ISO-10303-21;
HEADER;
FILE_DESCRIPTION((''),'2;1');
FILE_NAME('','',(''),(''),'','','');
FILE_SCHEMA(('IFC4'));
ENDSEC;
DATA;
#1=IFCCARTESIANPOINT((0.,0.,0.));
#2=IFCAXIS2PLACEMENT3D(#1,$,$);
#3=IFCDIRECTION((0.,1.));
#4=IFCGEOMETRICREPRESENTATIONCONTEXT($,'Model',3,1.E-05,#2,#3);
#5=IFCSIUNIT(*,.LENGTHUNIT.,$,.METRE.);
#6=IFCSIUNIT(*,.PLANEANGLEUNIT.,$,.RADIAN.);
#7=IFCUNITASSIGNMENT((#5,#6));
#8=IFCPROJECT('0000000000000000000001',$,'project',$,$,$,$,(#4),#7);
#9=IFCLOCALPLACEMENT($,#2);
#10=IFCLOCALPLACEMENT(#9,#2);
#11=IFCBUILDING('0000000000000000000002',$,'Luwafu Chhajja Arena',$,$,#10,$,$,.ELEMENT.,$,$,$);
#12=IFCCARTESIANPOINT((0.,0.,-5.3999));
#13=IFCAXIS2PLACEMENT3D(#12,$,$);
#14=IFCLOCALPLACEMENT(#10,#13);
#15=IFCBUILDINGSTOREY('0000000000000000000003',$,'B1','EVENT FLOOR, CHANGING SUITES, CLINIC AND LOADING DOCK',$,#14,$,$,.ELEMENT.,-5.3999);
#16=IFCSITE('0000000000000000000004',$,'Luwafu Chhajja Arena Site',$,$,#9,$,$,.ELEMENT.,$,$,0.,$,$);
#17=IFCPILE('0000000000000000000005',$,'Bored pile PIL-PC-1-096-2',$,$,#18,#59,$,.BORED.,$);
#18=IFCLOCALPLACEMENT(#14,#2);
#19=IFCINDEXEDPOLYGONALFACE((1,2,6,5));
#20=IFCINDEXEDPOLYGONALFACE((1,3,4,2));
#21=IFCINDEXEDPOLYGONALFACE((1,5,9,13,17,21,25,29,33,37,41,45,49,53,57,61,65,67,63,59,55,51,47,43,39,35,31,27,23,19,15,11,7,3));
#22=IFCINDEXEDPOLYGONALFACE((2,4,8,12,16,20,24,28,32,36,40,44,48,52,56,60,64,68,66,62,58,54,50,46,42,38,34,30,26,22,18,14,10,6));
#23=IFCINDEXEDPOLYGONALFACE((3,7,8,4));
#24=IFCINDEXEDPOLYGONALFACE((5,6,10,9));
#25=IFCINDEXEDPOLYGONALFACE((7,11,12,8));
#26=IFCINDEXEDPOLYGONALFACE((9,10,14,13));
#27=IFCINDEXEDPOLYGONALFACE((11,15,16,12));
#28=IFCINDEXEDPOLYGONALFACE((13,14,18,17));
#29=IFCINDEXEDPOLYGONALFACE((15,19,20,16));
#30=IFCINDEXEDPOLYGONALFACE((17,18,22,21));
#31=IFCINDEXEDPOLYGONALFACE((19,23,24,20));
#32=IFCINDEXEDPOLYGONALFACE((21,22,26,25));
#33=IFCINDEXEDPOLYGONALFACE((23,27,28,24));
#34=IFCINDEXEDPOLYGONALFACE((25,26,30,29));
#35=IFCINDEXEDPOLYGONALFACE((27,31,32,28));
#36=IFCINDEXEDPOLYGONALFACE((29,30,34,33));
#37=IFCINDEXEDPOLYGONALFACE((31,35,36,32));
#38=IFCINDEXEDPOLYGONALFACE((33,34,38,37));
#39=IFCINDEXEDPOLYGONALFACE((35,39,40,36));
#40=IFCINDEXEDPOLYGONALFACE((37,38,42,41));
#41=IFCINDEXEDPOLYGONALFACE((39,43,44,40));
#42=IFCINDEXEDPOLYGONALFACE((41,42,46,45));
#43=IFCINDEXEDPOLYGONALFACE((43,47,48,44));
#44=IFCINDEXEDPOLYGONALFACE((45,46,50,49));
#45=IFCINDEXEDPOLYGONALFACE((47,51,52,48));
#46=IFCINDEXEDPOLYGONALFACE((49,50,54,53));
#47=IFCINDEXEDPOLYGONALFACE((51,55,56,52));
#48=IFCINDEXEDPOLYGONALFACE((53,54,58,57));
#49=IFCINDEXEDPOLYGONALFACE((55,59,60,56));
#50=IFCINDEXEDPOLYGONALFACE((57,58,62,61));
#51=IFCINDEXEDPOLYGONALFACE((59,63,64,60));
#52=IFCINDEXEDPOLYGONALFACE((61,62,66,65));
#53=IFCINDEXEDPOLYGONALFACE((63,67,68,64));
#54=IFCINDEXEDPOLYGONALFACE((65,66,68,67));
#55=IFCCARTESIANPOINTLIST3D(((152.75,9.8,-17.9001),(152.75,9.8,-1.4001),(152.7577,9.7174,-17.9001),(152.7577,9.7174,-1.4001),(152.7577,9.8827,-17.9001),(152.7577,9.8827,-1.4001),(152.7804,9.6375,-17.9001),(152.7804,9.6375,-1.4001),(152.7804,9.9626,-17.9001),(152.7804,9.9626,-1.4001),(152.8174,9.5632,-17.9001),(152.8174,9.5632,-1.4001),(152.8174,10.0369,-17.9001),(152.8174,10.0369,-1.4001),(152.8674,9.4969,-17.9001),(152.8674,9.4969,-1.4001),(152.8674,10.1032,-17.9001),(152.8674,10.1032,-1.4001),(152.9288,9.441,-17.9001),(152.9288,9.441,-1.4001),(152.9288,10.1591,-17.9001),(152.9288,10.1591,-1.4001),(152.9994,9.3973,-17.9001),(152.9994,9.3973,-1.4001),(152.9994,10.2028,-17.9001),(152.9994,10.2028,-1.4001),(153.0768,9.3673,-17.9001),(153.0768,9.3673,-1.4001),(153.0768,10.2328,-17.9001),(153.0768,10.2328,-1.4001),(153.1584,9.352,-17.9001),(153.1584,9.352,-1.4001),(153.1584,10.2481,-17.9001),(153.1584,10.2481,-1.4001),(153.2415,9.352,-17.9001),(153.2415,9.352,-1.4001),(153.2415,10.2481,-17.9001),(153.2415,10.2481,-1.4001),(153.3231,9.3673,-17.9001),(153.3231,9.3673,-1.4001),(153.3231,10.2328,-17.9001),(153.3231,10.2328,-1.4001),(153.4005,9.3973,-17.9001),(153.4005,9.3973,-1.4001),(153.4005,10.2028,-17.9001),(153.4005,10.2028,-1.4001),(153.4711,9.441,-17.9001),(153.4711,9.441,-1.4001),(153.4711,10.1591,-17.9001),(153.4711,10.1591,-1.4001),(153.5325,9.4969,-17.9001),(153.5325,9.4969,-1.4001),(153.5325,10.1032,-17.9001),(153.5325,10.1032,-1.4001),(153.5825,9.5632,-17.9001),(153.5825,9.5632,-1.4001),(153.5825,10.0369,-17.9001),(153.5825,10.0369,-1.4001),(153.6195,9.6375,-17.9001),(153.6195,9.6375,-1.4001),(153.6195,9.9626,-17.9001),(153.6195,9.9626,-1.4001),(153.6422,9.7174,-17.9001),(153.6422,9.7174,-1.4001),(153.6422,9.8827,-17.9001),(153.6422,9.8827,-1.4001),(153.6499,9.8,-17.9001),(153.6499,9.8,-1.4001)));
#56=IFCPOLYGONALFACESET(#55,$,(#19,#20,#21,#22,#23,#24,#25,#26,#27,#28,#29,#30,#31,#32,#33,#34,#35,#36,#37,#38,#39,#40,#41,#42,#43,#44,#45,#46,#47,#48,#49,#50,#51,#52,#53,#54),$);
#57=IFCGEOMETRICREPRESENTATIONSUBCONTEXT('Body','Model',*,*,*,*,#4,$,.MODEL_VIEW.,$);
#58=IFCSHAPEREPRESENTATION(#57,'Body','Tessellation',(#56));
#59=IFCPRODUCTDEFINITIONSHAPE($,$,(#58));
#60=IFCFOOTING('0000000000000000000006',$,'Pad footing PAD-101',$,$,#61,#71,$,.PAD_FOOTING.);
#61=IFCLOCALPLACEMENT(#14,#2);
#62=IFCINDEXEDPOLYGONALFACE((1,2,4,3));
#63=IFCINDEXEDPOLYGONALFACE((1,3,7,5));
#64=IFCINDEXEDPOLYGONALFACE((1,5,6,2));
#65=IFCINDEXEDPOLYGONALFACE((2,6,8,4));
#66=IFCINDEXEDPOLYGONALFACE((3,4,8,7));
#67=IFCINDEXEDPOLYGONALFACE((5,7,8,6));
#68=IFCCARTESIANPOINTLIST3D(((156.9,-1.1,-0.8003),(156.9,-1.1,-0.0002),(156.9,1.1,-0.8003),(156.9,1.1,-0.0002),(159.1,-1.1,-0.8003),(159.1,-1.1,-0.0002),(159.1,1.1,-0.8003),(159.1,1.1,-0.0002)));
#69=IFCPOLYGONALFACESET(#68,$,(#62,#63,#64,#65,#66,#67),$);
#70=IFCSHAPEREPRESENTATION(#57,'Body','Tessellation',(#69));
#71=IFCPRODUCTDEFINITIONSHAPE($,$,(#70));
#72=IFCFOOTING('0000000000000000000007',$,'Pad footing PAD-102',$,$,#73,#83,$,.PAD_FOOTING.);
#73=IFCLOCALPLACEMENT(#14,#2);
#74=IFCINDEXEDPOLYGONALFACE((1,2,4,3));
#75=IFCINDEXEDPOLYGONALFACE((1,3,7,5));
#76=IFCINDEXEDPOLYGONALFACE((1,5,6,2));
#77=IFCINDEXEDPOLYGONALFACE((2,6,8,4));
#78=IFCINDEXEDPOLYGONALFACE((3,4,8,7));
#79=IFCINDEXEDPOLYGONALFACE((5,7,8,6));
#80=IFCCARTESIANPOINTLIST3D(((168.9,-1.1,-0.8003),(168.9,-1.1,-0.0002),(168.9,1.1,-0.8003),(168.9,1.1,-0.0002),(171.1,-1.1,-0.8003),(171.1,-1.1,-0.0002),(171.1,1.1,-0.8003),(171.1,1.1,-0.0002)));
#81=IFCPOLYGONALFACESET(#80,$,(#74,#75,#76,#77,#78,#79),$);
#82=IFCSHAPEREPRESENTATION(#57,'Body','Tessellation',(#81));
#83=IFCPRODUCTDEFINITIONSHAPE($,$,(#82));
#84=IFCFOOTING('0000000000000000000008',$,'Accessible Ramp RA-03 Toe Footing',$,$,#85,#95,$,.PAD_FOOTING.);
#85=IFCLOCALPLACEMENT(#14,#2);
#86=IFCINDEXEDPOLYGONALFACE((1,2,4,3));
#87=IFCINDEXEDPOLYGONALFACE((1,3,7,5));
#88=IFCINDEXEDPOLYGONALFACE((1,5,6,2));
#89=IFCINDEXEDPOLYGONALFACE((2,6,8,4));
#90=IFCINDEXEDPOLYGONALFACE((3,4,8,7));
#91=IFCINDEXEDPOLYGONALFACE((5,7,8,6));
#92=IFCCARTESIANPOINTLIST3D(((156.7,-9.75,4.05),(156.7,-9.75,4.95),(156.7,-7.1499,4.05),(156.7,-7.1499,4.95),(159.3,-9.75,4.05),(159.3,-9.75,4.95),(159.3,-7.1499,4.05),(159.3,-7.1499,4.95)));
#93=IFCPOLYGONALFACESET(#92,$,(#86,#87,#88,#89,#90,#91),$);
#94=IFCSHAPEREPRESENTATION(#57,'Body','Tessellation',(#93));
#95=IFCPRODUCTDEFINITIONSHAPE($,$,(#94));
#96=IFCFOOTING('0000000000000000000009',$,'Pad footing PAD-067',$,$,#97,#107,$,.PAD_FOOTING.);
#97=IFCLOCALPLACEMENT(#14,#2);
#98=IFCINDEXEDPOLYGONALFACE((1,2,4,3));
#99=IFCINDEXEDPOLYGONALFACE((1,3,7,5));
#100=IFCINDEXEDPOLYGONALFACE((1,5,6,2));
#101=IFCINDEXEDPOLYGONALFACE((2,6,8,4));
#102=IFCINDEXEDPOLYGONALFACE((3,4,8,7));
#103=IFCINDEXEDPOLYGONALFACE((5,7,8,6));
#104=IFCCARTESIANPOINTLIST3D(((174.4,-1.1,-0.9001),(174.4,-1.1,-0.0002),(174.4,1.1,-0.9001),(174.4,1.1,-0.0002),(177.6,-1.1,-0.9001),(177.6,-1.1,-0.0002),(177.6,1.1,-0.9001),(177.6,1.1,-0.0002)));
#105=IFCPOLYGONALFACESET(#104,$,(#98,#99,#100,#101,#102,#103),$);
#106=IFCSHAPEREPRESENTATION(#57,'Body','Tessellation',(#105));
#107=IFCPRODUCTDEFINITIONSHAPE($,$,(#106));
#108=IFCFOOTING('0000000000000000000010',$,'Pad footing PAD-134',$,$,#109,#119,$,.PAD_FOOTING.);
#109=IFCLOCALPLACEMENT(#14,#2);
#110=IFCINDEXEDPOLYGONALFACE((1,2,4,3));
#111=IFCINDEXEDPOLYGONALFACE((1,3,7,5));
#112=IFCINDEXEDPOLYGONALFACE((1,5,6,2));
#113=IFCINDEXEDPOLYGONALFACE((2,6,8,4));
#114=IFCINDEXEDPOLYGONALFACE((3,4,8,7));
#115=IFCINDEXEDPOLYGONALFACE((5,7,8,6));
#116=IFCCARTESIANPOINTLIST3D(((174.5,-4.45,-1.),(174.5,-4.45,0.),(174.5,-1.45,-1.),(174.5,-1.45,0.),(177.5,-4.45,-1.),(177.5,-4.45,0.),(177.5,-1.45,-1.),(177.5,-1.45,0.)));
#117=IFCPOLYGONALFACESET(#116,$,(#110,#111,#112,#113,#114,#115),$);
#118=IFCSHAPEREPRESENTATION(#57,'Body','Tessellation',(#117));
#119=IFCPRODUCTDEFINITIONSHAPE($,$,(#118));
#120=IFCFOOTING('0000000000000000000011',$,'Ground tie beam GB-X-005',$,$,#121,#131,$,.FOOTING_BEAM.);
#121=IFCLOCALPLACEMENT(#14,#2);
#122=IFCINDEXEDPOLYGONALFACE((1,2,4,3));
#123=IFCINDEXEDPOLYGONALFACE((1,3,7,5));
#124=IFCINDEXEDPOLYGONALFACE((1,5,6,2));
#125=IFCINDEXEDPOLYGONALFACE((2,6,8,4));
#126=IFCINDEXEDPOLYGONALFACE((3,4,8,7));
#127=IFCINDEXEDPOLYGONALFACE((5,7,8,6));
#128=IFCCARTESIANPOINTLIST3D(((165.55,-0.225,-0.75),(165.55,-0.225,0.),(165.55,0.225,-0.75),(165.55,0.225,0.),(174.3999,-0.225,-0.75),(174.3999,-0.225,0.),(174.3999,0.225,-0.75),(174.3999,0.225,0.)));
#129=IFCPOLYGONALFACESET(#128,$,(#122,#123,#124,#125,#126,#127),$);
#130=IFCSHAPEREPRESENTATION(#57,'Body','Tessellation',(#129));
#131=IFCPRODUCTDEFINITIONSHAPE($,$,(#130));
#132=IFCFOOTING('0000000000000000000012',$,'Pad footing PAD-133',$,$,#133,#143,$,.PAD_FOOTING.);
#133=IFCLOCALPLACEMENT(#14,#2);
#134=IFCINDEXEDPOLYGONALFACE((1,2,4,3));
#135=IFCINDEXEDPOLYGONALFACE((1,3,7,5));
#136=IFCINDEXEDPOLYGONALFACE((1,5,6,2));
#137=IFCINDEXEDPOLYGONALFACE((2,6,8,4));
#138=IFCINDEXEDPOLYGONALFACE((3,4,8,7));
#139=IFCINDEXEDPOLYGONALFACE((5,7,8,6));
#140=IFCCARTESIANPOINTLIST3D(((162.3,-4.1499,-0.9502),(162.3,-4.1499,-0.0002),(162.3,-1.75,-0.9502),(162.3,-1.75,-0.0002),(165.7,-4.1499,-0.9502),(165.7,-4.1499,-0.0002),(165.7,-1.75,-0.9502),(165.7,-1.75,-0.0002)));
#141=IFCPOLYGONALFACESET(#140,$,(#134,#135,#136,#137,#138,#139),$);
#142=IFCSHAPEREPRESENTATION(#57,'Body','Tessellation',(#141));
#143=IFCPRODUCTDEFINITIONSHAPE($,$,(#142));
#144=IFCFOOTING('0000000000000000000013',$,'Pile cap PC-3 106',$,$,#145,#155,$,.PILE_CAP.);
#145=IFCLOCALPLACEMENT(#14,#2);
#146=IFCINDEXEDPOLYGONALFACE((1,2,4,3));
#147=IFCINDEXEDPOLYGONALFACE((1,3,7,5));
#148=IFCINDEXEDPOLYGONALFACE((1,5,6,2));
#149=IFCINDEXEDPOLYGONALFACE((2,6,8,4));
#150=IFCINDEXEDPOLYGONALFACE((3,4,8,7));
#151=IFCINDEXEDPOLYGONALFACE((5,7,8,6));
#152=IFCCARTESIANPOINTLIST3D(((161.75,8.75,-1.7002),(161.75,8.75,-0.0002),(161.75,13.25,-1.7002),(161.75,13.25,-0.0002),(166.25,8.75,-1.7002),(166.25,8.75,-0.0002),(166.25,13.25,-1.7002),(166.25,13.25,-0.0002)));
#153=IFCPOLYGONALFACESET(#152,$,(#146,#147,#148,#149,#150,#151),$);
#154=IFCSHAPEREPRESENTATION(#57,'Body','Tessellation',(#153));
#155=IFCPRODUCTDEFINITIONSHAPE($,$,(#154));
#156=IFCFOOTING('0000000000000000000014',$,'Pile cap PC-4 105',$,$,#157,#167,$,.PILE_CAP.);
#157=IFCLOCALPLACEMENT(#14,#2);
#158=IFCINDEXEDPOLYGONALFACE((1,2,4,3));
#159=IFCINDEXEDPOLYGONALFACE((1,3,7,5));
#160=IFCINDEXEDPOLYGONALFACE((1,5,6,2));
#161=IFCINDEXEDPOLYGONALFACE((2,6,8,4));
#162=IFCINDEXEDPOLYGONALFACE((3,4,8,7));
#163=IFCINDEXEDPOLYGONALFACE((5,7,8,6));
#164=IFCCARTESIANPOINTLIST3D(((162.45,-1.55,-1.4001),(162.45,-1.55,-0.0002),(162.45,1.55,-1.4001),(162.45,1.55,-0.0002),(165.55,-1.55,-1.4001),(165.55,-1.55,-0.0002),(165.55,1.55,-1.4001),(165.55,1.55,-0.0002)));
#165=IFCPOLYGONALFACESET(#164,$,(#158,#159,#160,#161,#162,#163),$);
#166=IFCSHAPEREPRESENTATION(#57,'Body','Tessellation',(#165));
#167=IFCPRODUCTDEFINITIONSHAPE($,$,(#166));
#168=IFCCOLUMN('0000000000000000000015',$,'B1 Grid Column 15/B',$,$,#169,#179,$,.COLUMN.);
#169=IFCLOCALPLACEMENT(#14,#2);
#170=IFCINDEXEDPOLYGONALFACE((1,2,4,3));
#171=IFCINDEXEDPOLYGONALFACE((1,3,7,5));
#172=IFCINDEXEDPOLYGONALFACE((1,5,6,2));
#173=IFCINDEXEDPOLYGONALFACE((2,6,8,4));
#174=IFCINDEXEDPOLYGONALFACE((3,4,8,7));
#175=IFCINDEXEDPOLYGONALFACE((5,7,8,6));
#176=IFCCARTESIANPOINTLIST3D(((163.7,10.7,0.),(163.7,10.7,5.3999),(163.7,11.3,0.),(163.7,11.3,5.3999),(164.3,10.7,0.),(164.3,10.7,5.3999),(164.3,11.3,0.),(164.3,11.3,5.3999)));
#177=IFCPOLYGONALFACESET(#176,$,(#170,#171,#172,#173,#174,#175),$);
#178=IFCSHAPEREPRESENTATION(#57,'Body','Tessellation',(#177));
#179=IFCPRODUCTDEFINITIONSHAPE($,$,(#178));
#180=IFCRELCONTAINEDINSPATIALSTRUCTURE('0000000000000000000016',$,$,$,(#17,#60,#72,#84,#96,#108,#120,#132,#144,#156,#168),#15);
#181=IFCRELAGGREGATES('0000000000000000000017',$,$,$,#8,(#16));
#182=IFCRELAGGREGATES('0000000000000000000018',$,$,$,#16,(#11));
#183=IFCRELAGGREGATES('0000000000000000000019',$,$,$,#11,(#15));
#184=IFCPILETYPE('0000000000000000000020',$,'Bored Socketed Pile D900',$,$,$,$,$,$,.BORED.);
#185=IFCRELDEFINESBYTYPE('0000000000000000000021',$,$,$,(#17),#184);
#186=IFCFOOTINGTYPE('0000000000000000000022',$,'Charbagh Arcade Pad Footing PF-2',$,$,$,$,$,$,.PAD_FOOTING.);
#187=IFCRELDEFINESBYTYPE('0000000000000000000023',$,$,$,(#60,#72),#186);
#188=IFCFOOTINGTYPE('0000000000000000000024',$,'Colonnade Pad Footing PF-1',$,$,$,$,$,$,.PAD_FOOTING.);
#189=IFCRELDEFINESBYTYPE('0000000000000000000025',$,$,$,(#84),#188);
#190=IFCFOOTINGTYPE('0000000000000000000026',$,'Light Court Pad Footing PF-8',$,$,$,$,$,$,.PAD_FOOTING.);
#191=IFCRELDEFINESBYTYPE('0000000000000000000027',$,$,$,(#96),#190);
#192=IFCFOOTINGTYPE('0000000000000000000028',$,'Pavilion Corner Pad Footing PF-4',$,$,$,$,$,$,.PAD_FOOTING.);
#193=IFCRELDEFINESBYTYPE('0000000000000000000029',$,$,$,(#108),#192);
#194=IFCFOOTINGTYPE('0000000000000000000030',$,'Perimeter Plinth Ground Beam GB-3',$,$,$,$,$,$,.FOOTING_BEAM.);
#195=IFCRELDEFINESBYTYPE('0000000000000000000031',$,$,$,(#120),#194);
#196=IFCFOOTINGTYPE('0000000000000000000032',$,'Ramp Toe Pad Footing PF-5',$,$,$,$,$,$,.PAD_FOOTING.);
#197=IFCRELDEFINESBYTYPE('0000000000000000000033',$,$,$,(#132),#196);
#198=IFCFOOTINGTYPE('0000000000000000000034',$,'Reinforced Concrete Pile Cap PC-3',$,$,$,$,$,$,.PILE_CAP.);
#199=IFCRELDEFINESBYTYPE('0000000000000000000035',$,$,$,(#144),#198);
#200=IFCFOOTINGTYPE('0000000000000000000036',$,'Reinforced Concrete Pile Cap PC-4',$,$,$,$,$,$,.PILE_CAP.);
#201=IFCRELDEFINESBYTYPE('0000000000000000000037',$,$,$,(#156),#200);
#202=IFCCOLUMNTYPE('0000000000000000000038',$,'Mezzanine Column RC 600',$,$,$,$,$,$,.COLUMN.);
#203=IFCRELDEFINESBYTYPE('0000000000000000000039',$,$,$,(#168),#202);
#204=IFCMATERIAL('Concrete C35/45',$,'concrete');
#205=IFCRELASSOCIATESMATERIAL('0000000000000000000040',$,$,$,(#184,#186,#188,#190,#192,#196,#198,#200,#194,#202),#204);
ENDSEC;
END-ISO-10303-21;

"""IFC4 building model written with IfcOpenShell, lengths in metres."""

from ifc_helpers import new_model, si_unit, direction, frame, origin, origin_2d, place, context, subcontext, project, spatial, rectangle, circle, extrude, material, material_profile, profile_set, type_object, element, save


model = new_model("IFC4")

# Units and contexts
model_context = context("Model", 3, precision=1e-05, world=origin(), true_north=direction((0.0, 1.0)))
body_context = subcontext(model_context, "Body", "Model", "MODEL_VIEW")
ifc_project = project(units=[si_unit("LENGTHUNIT", "METRE"), si_unit("PLANEANGLEUNIT", "RADIAN")], contexts=[model_context])

# Site, building, storey
site_placement = place(None, origin())
site = spatial("IfcSite", under=ifc_project, at=site_placement, Name="Luwafu Chhajja Arena Site", CompositionType="ELEMENT", RefElevation=0.0)
building_placement = place(site_placement, origin())
building = spatial("IfcBuilding", under=site, at=building_placement, Name="Luwafu Chhajja Arena", CompositionType="ELEMENT")
storey_placement = place(building_placement, frame((0.0, 0.0, -5.3999)))
storey = spatial("IfcBuildingStorey", under=building, at=storey_placement, Name="B1", Description="EVENT FLOOR, CHANGING SUITES, CLINIC AND LOADING DOCK", CompositionType="ELEMENT", Elevation=-5.3999)

# Shared definitions
ifc_material_1 = material(Name="Concrete C35/45", Category="concrete")

# Pile
ifc_material_profile_1 = material_profile(ifc_material_1, circle(Radius=0.45, at=origin_2d()), Name="PILE D900")
ifc_profile_set_1 = profile_set([ifc_material_profile_1], Name="Concrete C35/45")
pile_type_1 = type_object("IfcPileType", Name="Bored Socketed Pile D900", PredefinedType="BORED", material=ifc_profile_set_1)
pile_placement = place(storey_placement, frame((153.2, 9.8, -1.4001), z_axis=(0.0, 0.0, -1.0), x_axis=(1.0, 0.0, 0.0)))
element("IfcPile", 1, at=pile_placement, inside=storey, type_object=pile_type_1, Name="Bored pile PIL-PC-1-096-2", PredefinedType="BORED", context=body_context, shape_type="SweptSolid", body=[
    extrude(circle(Radius=0.45, at=origin_2d()), origin(), (0.0, 0.0, 1.0), 16.5),
])

# Footings
footing_type_1 = type_object("IfcFootingType", Name="Charbagh Arcade Pad Footing PF-2", PredefinedType="PAD_FOOTING", material=ifc_material_1)
for number, where, z_axis, x_axis, name in (
    (2, (158.0, 0.0, -0.8003), (0.0, 0.0, 1.0), (1.0, 0.0, 0.0), "Pad footing PAD-101"),
    (3, (170.0, 0.0, -0.8003), (0.0, 0.0, 1.0), (1.0, 0.0, 0.0), "Pad footing PAD-102"),
):
    element("IfcFooting", number, at=place(storey_placement, frame(where, z_axis=z_axis, x_axis=x_axis)), inside=storey, type_object=footing_type_1, Name=name, PredefinedType="PAD_FOOTING", context=body_context, shape_type="SweptSolid", body=[
        extrude(rectangle(XDim=2.2, YDim=2.2, at=origin_2d()), origin(), (0.0, 0.0, 1.0), 0.8),
    ])
footing_type_2 = type_object("IfcFootingType", Name="Colonnade Pad Footing PF-1", PredefinedType="PAD_FOOTING", material=ifc_material_1)
footing_1_placement = place(storey_placement, frame((158.0, -8.45, 4.05), z_axis=(0.0, 0.0, 1.0), x_axis=(1.0, 0.0, 0.0)))
element("IfcFooting", 4, at=footing_1_placement, inside=storey, type_object=footing_type_2, Name="Accessible Ramp RA-03 Toe Footing", PredefinedType="PAD_FOOTING", context=body_context, shape_type="SweptSolid", body=[
    extrude(rectangle(XDim=2.6001, YDim=2.6001, at=origin_2d()), origin(), (0.0, 0.0, 1.0), 0.8999),
])
footing_type_3 = type_object("IfcFootingType", Name="Light Court Pad Footing PF-8", PredefinedType="PAD_FOOTING", material=ifc_material_1)
footing_2_placement = place(storey_placement, frame((176.0, 0.0, -0.9001), z_axis=(0.0, 0.0, 1.0), x_axis=(1.0, 0.0, 0.0)))
element("IfcFooting", 5, at=footing_2_placement, inside=storey, type_object=footing_type_3, Name="Pad footing PAD-067", PredefinedType="PAD_FOOTING", context=body_context, shape_type="SweptSolid", body=[
    extrude(rectangle(XDim=3.2, YDim=2.2, at=origin_2d()), origin(), (0.0, 0.0, 1.0), 0.8999),
])
footing_type_4 = type_object("IfcFootingType", Name="Pavilion Corner Pad Footing PF-4", PredefinedType="PAD_FOOTING", material=ifc_material_1)
footing_3_placement = place(storey_placement, frame((176.0, -2.95, -1.0), z_axis=(0.0, 0.0, 1.0), x_axis=(1.0, 0.0, 0.0)))
element("IfcFooting", 6, at=footing_3_placement, inside=storey, type_object=footing_type_4, Name="Pad footing PAD-134", PredefinedType="PAD_FOOTING", context=body_context, shape_type="SweptSolid", body=[
    extrude(rectangle(XDim=3.0, YDim=3.0, at=origin_2d()), origin(), (0.0, 0.0, 1.0), 1.0),
])
ifc_material_profile_2 = material_profile(ifc_material_1, rectangle(XDim=0.45, YDim=0.75, at=origin_2d()), Name="RC 450x750")
ifc_profile_set_2 = profile_set([ifc_material_profile_2], Name="Concrete C35/45")
footing_type_5 = type_object("IfcFootingType", Name="Perimeter Plinth Ground Beam GB-3", PredefinedType="FOOTING_BEAM", material=ifc_profile_set_2)
footing_4_placement = place(storey_placement, frame((165.55, 0.0, -0.375), z_axis=(1.0, 0.0, 0.0), x_axis=(0.0, 1.0, 0.0)))
element("IfcFooting", 7, at=footing_4_placement, inside=storey, type_object=footing_type_5, Name="Ground tie beam GB-X-005", PredefinedType="FOOTING_BEAM", context=body_context, shape_type="SweptSolid", body=[
    extrude(rectangle(XDim=0.45, YDim=0.75, at=origin_2d()), origin(), (0.0, 0.0, 1.0), 8.8499),
])
footing_type_6 = type_object("IfcFootingType", Name="Ramp Toe Pad Footing PF-5", PredefinedType="PAD_FOOTING", material=ifc_material_1)
footing_5_placement = place(storey_placement, frame((164.0, -2.95, -0.9502), z_axis=(0.0, 0.0, 1.0), x_axis=(1.0, 0.0, 0.0)))
element("IfcFooting", 8, at=footing_5_placement, inside=storey, type_object=footing_type_6, Name="Pad footing PAD-133", PredefinedType="PAD_FOOTING", context=body_context, shape_type="SweptSolid", body=[
    extrude(rectangle(XDim=3.3999, YDim=2.3999, at=origin_2d()), origin(), (0.0, 0.0, 1.0), 0.95),
])
footing_type_7 = type_object("IfcFootingType", Name="Reinforced Concrete Pile Cap PC-3", PredefinedType="PILE_CAP", material=ifc_material_1)
footing_6_placement = place(storey_placement, frame((164.0, 11.0, -1.7002), z_axis=(0.0, 0.0, 1.0), x_axis=(1.0, 0.0, 0.0)))
element("IfcFooting", 9, at=footing_6_placement, inside=storey, type_object=footing_type_7, Name="Pile cap PC-3 106", PredefinedType="PILE_CAP", context=body_context, shape_type="SweptSolid", body=[
    extrude(rectangle(XDim=4.5, YDim=4.5, at=origin_2d()), origin(), (0.0, 0.0, 1.0), 1.7),
])
footing_type_8 = type_object("IfcFootingType", Name="Reinforced Concrete Pile Cap PC-4", PredefinedType="PILE_CAP", material=ifc_material_1)
footing_7_placement = place(storey_placement, frame((164.0, 0.0, -1.4001), z_axis=(0.0, 0.0, 1.0), x_axis=(1.0, 0.0, 0.0)))
element("IfcFooting", 10, at=footing_7_placement, inside=storey, type_object=footing_type_8, Name="Pile cap PC-4 105", PredefinedType="PILE_CAP", context=body_context, shape_type="SweptSolid", body=[
    extrude(rectangle(XDim=3.1001, YDim=3.1001, at=origin_2d()), origin(), (0.0, 0.0, 1.0), 1.3999),
])

# Column
ifc_material_profile_3 = material_profile(ifc_material_1, rectangle(XDim=0.6001, YDim=0.6001, at=origin_2d()), Name="RC 600x600")
ifc_profile_set_3 = profile_set([ifc_material_profile_3], Name="Concrete C35/45")
column_type_1 = type_object("IfcColumnType", Name="Mezzanine Column RC 600", PredefinedType="COLUMN", material=ifc_profile_set_3)
column_1_placement = place(storey_placement, frame((164.0, 11.0, 0.0), z_axis=(0.0, 0.0, 1.0), x_axis=(1.0, 0.0, 0.0)))
element("IfcColumn", 11, at=column_1_placement, inside=storey, type_object=column_type_1, Name="B1 Grid Column 15/B", PredefinedType="COLUMN", context=body_context, shape_type="SweptSolid", body=[
    extrude(rectangle(XDim=0.6001, YDim=0.6001, at=origin_2d()), origin(), (0.0, 0.0, 1.0), 5.3999),
])

save(model, "model.ifc")
